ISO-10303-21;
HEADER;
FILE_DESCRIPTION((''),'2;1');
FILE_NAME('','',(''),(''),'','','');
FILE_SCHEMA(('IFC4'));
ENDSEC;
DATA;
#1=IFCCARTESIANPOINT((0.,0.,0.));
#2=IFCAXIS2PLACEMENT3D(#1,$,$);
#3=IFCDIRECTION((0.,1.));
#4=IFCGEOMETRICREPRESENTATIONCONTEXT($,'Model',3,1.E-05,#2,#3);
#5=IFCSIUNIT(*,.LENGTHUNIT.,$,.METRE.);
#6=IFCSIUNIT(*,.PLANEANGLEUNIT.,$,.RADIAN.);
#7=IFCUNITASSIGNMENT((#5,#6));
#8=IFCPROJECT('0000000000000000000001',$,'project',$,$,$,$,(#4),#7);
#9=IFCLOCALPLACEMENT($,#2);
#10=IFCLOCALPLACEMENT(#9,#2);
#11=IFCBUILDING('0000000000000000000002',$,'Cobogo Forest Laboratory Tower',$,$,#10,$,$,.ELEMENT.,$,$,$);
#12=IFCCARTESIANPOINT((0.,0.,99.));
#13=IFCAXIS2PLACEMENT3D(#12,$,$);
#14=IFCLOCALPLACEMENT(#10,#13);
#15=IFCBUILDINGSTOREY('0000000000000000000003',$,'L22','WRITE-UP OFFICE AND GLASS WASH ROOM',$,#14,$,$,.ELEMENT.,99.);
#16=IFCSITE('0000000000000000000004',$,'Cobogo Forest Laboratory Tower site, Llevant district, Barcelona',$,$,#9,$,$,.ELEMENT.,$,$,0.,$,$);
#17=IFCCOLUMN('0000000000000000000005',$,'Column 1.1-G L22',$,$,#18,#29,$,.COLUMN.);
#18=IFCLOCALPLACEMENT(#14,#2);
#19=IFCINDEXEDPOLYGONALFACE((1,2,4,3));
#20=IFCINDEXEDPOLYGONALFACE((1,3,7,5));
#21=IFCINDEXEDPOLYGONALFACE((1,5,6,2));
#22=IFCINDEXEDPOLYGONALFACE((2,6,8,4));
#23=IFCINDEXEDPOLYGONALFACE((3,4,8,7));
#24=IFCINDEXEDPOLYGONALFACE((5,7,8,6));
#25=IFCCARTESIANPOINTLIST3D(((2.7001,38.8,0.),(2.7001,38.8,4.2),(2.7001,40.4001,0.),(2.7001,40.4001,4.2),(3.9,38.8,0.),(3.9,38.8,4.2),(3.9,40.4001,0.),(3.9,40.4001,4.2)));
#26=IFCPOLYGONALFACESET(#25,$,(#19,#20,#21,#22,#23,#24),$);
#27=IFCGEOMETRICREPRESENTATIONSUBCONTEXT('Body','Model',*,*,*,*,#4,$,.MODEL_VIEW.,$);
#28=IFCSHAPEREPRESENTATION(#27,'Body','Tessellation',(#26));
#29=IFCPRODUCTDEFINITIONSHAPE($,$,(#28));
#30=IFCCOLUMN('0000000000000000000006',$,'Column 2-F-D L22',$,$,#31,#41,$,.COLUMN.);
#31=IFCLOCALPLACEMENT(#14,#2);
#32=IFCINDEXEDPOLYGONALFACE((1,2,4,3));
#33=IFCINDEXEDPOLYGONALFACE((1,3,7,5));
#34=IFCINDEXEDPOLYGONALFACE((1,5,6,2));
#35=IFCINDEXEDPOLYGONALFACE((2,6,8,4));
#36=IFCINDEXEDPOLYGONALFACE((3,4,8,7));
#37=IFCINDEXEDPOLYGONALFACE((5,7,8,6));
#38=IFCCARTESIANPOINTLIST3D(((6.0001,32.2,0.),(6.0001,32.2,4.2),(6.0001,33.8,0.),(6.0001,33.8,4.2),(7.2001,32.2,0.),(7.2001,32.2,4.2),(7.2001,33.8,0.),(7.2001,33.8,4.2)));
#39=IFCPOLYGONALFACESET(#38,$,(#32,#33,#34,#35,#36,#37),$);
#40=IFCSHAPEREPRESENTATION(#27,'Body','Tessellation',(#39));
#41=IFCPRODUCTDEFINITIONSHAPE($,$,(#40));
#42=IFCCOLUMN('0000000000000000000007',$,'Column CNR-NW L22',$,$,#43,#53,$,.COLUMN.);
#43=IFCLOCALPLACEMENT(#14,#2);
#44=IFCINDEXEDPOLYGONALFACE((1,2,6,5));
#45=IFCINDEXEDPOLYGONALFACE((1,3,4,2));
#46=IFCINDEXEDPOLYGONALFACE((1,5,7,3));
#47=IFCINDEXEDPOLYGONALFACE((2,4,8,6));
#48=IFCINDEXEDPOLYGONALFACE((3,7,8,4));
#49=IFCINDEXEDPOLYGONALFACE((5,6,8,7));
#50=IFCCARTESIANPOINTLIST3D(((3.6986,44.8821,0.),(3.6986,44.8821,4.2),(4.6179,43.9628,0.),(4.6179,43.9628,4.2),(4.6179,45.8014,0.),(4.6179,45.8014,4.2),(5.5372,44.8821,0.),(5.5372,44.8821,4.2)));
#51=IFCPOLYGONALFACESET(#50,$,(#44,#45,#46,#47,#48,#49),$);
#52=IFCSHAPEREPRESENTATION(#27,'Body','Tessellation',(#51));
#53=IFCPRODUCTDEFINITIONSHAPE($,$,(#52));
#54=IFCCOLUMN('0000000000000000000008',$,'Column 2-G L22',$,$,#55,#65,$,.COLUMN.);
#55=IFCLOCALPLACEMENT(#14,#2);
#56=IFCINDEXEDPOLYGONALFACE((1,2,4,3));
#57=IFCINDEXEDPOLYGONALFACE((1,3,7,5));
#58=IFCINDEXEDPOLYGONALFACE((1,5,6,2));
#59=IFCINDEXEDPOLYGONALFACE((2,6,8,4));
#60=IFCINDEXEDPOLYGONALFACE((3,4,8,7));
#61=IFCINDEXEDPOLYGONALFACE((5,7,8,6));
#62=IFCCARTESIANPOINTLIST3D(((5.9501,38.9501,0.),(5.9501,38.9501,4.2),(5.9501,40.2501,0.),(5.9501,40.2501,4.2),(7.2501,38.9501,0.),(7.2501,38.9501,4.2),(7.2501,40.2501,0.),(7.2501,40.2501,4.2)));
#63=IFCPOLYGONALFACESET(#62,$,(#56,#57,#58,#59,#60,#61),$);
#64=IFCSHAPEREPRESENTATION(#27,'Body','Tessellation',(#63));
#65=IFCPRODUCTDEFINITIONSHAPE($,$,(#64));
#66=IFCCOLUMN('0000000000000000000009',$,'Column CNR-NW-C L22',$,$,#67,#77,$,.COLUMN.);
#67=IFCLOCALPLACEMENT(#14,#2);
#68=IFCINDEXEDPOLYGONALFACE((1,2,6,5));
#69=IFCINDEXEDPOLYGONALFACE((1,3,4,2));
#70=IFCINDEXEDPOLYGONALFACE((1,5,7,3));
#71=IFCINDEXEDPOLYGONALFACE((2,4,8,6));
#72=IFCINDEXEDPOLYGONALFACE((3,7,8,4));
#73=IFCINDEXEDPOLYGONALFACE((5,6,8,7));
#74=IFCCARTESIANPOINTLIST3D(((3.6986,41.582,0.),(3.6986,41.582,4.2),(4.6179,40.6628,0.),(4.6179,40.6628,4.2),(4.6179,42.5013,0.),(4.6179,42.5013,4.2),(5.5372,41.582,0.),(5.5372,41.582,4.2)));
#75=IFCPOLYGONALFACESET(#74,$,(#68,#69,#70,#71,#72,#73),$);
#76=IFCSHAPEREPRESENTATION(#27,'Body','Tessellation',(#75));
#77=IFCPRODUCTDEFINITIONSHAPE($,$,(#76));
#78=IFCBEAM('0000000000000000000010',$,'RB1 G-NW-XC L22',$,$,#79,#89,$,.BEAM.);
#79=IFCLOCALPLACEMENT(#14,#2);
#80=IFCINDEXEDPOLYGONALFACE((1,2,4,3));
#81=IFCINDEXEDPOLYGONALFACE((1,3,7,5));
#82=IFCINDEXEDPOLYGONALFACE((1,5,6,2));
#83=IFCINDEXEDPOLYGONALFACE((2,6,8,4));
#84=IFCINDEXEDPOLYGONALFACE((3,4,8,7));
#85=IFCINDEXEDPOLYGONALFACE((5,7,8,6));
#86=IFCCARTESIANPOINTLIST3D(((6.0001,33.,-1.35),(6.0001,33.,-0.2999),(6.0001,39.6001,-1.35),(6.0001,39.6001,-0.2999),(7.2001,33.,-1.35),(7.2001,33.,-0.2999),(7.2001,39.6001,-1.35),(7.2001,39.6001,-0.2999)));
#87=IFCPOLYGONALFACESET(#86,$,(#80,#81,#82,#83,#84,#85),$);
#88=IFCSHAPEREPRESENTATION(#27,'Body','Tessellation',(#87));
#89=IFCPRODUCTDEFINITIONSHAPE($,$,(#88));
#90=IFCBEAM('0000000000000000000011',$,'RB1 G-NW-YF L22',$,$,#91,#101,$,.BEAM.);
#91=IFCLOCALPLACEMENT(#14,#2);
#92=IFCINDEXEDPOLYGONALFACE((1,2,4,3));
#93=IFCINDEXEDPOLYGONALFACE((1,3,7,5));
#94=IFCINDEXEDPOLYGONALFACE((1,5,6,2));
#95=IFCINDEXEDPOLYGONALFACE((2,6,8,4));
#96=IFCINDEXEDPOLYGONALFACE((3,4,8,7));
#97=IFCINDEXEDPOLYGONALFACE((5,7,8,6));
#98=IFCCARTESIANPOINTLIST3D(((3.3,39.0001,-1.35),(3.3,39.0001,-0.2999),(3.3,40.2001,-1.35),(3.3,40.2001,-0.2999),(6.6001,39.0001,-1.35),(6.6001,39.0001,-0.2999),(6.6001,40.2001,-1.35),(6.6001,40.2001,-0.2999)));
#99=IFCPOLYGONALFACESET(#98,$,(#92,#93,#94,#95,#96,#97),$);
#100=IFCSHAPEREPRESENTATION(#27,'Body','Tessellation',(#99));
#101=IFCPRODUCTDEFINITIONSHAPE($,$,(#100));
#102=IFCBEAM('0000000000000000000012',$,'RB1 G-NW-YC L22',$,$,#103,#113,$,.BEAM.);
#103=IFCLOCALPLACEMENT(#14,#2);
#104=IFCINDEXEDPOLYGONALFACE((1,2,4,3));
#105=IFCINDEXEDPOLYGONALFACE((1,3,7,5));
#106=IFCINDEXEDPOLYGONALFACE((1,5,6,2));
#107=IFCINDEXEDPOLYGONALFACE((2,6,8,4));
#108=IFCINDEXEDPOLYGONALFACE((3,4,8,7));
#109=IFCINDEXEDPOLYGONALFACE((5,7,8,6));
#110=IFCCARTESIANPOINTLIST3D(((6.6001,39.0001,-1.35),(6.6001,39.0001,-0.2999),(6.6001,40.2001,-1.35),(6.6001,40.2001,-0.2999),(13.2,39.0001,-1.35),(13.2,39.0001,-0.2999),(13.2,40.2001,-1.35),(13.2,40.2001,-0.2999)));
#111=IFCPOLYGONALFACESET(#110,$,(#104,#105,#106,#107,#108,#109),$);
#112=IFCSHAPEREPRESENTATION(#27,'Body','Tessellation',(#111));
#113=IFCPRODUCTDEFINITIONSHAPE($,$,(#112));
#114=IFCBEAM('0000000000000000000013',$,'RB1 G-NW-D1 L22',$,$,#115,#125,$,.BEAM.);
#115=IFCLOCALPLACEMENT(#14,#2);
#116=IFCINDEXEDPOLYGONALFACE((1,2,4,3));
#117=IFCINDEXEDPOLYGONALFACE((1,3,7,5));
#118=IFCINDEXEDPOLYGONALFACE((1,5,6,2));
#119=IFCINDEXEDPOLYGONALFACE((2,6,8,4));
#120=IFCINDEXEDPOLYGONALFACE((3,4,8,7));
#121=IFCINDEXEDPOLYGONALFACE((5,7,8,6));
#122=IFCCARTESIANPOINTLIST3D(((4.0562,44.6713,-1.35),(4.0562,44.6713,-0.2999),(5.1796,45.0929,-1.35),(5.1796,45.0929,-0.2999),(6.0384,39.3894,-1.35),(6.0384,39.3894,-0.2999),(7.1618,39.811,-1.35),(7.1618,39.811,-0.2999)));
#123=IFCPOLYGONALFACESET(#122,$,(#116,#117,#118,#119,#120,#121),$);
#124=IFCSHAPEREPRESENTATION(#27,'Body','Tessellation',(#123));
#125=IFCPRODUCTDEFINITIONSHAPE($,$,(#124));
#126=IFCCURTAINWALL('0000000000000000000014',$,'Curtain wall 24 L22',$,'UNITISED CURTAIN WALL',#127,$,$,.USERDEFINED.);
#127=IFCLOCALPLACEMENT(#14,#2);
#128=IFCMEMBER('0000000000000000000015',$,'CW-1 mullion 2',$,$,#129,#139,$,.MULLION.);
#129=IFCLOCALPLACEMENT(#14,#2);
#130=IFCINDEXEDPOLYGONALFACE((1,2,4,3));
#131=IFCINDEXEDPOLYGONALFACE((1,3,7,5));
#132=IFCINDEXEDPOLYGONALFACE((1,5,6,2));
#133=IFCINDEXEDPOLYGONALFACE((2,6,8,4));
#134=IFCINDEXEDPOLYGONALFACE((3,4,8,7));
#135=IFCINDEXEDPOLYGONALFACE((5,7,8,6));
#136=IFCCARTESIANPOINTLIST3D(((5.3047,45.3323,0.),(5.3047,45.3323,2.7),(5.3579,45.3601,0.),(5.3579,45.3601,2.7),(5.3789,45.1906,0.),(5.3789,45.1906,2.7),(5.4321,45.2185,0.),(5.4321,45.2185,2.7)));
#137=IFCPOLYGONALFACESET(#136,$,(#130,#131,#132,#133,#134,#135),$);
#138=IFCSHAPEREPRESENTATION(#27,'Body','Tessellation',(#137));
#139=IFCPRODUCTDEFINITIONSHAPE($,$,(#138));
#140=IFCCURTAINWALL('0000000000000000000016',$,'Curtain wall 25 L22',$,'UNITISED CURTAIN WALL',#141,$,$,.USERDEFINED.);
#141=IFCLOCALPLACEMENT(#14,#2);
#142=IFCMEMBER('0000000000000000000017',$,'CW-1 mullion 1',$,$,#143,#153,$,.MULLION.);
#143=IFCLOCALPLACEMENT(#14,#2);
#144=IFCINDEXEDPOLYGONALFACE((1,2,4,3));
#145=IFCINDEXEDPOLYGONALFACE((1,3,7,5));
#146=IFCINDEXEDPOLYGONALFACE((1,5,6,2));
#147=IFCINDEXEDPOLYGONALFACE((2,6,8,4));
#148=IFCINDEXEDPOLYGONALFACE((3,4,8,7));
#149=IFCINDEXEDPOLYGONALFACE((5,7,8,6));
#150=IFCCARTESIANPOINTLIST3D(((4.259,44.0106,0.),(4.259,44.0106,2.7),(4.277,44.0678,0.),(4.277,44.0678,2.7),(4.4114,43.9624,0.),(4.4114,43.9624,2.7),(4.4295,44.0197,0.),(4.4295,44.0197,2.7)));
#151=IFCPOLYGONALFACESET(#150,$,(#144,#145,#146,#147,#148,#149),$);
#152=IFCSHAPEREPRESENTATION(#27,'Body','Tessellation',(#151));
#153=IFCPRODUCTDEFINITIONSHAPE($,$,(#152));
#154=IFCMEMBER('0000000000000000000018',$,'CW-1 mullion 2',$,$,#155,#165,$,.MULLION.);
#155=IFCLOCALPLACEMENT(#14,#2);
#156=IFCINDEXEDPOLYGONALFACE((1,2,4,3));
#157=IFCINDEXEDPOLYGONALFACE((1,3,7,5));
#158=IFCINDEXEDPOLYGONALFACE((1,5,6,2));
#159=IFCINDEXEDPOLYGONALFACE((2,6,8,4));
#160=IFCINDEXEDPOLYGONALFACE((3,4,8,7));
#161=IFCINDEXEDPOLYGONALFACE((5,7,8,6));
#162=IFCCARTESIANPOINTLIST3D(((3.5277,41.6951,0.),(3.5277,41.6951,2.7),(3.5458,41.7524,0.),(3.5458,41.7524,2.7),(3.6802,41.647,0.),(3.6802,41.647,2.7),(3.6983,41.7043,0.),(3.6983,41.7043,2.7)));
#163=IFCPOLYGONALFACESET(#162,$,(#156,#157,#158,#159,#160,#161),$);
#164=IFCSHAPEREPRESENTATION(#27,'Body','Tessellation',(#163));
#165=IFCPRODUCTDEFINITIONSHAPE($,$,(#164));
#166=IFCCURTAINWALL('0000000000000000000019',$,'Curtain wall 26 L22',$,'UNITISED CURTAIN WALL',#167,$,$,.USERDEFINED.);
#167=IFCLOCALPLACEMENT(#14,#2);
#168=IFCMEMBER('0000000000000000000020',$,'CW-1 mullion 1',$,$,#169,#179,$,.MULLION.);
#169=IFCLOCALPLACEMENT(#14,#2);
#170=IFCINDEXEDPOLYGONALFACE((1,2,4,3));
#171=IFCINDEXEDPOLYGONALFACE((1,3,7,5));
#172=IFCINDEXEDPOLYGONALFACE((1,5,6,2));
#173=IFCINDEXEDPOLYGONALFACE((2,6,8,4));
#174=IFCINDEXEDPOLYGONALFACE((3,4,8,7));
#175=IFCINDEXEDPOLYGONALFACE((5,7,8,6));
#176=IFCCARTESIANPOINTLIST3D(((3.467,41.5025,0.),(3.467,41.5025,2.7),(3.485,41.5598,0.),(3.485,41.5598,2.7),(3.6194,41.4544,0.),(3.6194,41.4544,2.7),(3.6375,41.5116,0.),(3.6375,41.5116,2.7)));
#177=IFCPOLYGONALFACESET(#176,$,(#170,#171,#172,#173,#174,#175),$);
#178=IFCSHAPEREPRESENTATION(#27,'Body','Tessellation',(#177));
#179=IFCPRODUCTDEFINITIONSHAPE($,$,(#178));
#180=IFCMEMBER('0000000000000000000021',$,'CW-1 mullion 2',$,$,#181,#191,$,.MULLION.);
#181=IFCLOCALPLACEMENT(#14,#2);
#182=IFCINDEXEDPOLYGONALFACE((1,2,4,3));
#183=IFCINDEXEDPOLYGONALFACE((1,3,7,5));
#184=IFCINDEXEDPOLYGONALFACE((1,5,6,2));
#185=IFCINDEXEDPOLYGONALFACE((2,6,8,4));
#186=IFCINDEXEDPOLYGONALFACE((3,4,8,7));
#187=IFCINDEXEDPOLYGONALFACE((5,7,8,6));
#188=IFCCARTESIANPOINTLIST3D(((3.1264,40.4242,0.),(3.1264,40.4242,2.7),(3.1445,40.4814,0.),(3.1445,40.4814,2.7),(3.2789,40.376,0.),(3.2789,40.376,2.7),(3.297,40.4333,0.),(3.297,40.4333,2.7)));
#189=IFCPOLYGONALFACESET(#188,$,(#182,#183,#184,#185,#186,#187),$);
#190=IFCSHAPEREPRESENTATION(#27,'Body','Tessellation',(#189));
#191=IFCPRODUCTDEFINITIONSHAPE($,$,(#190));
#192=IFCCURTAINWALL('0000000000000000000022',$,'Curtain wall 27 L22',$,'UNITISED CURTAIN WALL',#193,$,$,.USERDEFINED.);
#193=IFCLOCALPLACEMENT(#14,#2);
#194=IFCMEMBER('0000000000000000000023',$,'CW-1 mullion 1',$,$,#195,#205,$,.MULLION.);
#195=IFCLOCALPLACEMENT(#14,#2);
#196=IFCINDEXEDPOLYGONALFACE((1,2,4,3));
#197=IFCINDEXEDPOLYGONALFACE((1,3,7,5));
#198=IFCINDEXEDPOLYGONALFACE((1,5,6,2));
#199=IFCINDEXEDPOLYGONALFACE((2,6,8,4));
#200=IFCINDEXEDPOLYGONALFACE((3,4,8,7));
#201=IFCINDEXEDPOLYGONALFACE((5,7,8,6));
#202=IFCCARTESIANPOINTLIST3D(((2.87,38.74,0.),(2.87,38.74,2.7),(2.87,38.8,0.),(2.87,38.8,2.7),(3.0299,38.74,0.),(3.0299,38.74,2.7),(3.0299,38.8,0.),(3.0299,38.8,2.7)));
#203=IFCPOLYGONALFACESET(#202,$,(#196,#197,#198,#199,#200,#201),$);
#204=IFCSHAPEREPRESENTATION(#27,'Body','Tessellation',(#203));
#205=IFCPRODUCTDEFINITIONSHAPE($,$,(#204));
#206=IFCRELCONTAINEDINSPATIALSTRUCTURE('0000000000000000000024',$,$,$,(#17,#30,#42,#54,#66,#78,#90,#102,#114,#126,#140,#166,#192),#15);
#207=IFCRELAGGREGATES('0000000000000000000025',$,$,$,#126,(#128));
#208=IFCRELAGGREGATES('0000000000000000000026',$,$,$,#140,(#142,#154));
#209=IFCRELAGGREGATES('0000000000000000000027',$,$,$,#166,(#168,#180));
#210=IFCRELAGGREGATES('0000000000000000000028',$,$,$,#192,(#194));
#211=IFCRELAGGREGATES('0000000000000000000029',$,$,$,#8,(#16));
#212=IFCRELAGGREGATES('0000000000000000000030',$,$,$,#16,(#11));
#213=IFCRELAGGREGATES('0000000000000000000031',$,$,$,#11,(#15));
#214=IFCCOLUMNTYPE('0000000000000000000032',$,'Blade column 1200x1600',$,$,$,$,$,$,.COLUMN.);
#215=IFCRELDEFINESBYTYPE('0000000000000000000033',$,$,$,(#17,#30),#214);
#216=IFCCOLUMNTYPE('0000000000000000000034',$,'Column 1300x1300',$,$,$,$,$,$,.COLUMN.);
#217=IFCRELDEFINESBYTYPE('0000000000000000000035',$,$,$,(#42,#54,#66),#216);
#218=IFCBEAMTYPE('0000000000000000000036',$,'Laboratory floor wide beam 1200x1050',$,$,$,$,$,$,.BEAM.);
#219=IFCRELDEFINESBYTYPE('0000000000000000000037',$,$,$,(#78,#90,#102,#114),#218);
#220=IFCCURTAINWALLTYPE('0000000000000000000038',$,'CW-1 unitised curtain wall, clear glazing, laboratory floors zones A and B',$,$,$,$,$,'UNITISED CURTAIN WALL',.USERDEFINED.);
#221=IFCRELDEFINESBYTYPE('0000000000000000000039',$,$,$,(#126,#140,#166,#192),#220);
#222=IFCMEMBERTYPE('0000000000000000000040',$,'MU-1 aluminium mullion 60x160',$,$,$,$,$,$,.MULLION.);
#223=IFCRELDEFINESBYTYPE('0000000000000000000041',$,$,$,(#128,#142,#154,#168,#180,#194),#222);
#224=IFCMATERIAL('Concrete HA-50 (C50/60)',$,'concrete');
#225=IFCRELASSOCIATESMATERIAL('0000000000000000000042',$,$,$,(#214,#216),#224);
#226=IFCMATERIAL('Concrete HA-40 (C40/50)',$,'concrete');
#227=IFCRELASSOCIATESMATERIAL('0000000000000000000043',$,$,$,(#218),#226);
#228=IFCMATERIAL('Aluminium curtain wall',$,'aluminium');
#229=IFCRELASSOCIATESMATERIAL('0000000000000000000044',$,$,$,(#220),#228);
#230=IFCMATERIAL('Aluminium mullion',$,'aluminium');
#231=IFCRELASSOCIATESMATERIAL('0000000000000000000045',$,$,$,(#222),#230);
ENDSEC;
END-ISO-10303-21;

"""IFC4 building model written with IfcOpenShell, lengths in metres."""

from ifc_helpers import new_model, si_unit, direction, frame, origin, origin_2d, place, context, subcontext, project, spatial, rectangle, extrude, material, material_profile, profile_set, type_object, element, aggregate, save


model = new_model("IFC4")

# Units and contexts
model_context = context("Model", 3, precision=1e-05, world=origin(), true_north=direction((0.0, 1.0)))
body_context = subcontext(model_context, "Body", "Model", "MODEL_VIEW")
ifc_project = project(units=[si_unit("LENGTHUNIT", "METRE"), si_unit("PLANEANGLEUNIT", "RADIAN")], contexts=[model_context])

# Site, building, storey
site_placement = place(None, origin())
site = spatial("IfcSite", under=ifc_project, at=site_placement, Name="Cobogo Forest Laboratory Tower site, Llevant district, Barcelona", CompositionType="ELEMENT", RefElevation=0.0)
building_placement = place(site_placement, origin())
building = spatial("IfcBuilding", under=site, at=building_placement, Name="Cobogo Forest Laboratory Tower", CompositionType="ELEMENT")
storey_placement = place(building_placement, frame((0.0, 0.0, 99.0)))
storey = spatial("IfcBuildingStorey", under=building, at=storey_placement, Name="L22", Description="WRITE-UP OFFICE AND GLASS WASH ROOM", CompositionType="ELEMENT", Elevation=99.0)

# Columns
ifc_material_1 = material(Name="Concrete HA-50 (C50/60)", Category="concrete")
ifc_material_profile_1 = material_profile(ifc_material_1, rectangle(XDim=1.6001, YDim=1.2, at=origin_2d()), Name="RC 1200x1600")
ifc_profile_set_1 = profile_set([ifc_material_profile_1], Name="Concrete HA-50 (C50/60)")
column_type_1 = type_object("IfcColumnType", Name="Blade column 1200x1600", PredefinedType="COLUMN", material=ifc_profile_set_1)
for number, where, z_axis, x_axis, name in (
    (1, (3.3, 39.6001, 0.0), (0.0, 0.0, 1.0), (0.0, 1.0, 0.0), "Column 1.1-G L22"),
    (2, (6.6001, 33.0, 0.0), (0.0, 0.0, 1.0), (0.0, 1.0, 0.0), "Column 2-F-D L22"),
):
    element("IfcColumn", number, at=place(storey_placement, frame(where, z_axis=z_axis, x_axis=x_axis)), inside=storey, type_object=column_type_1, Name=name, PredefinedType="COLUMN", context=body_context, shape_type="SweptSolid", body=[
        extrude(rectangle(XDim=1.6001, YDim=1.2, at=origin_2d()), origin(), (0.0, 0.0, 1.0), 4.2),
    ])
ifc_material_profile_2 = material_profile(ifc_material_1, rectangle(XDim=1.3, YDim=1.3, at=origin_2d()), Name="RC 1300x1300")
ifc_profile_set_2 = profile_set([ifc_material_profile_2], Name="Concrete HA-50 (C50/60)")
column_type_2 = type_object("IfcColumnType", Name="Column 1300x1300", PredefinedType="COLUMN", material=ifc_profile_set_2)
for number, where, z_axis, x_axis, name in (
    (3, (4.6179, 44.8821, 0.0), (0.0, 0.0, 1.0), (0.707107, 0.707107, 0.0), "Column CNR-NW L22"),
    (4, (6.6001, 39.6001, 0.0), (0.0, 0.0, 1.0), (1.0, 0.0, 0.0), "Column 2-G L22"),
    (5, (4.6179, 41.582, 0.0), (0.0, 0.0, 1.0), (0.707107, 0.707107, 0.0), "Column CNR-NW-C L22"),
):
    element("IfcColumn", number, at=place(storey_placement, frame(where, z_axis=z_axis, x_axis=x_axis)), inside=storey, type_object=column_type_2, Name=name, PredefinedType="COLUMN", context=body_context, shape_type="SweptSolid", body=[
        extrude(rectangle(XDim=1.3, YDim=1.3, at=origin_2d()), origin(), (0.0, 0.0, 1.0), 4.2),
    ])

# Beams
ifc_material_2 = material(Name="Concrete HA-40 (C40/50)", Category="concrete")
ifc_material_profile_3 = material_profile(ifc_material_2, rectangle(XDim=1.2, YDim=1.05, at=origin_2d()), Name="RC 1200x1050")
ifc_profile_set_3 = profile_set([ifc_material_profile_3], Name="Concrete HA-40 (C40/50)")
beam_type_1 = type_object("IfcBeamType", Name="Laboratory floor wide beam 1200x1050", PredefinedType="BEAM", material=ifc_profile_set_3)
beam_1_placement = place(storey_placement, frame((6.6001, 39.6001, -0.825), z_axis=(0.0, -1.0, 0.0), x_axis=(1.0, 0.0, 0.0)))
element("IfcBeam", 6, at=beam_1_placement, inside=storey, type_object=beam_type_1, Name="RB1 G-NW-XC L22", PredefinedType="BEAM", context=body_context, shape_type="SweptSolid", body=[
    extrude(rectangle(XDim=1.2, YDim=1.05, at=origin_2d()), origin(), (0.0, 0.0, 1.0), 6.6001),
])
beam_2_placement = place(storey_placement, frame((3.3, 39.6001, -0.825), z_axis=(1.0, 0.0, 0.0), x_axis=(0.0, 1.0, 0.0)))
element("IfcBeam", 7, at=beam_2_placement, inside=storey, type_object=beam_type_1, Name="RB1 G-NW-YF L22", PredefinedType="BEAM", context=body_context, shape_type="SweptSolid", body=[
    extrude(rectangle(XDim=1.2, YDim=1.05, at=origin_2d()), origin(), (0.0, 0.0, 1.0), 3.3),
])
beam_3_placement = place(storey_placement, frame((6.6001, 39.6001, -0.825), z_axis=(1.0, 0.0, 0.0), x_axis=(0.0, 1.0, 0.0)))
element("IfcBeam", 8, at=beam_3_placement, inside=storey, type_object=beam_type_1, Name="RB1 G-NW-YC L22", PredefinedType="BEAM", context=body_context, shape_type="SweptSolid", body=[
    extrude(rectangle(XDim=1.2, YDim=1.05, at=origin_2d()), origin(), (0.0, 0.0, 1.0), 6.5999),
])
beam_4_placement = place(storey_placement, frame((4.6179, 44.8821, -0.825), z_axis=(0.351346, -0.936246, 0.0), x_axis=(0.936246, 0.351346, 0.0)))
element("IfcBeam", 9, at=beam_4_placement, inside=storey, type_object=beam_type_1, Name="RB1 G-NW-D1 L22", PredefinedType="BEAM", context=body_context, shape_type="SweptSolid", body=[
    extrude(rectangle(XDim=1.2, YDim=1.05, at=origin_2d()), origin(), (0.0, 0.0, 1.0), 5.6416),
])

# Curtain wall, member
ifc_material_3 = material(Name="Aluminium curtain wall", Category="aluminium")
curtain_wall_type = type_object("IfcCurtainWallType", Name="CW-1 unitised curtain wall, clear glazing, laboratory floors zones A and B", ElementType="UNITISED CURTAIN WALL", PredefinedType="USERDEFINED", material=ifc_material_3)
curtain_wall_1_placement = place(storey_placement, origin())
curtain_wall_1 = element("IfcCurtainWall", 10, at=curtain_wall_1_placement, inside=storey, type_object=curtain_wall_type, Name="Curtain wall 24 L22", ObjectType="UNITISED CURTAIN WALL", PredefinedType="USERDEFINED")
ifc_material_4 = material(Name="Aluminium mullion", Category="aluminium")
ifc_material_profile_4 = material_profile(ifc_material_4, rectangle(XDim=0.0601, YDim=0.1599, at=origin_2d()), Name="AL 60x160")
ifc_profile_set_4 = profile_set([ifc_material_profile_4], Name="Aluminium mullion")
member_type_1 = type_object("IfcMemberType", Name="MU-1 aluminium mullion 60x160", PredefinedType="MULLION", material=ifc_profile_set_4)
member_1_placement = place(storey_placement, frame((5.3684, 45.2754, 0.0), z_axis=(0.0, 0.0, 1.0), x_axis=(-0.885687, -0.464284, 0.0)))
member_1 = element("IfcMember", 11, at=member_1_placement, type_object=member_type_1, Name="CW-1 mullion 2", PredefinedType="MULLION", context=body_context, shape_type="SweptSolid", body=[
    extrude(rectangle(XDim=0.0601, YDim=0.1599, at=origin_2d()), origin(), (0.0, 0.0, 1.0), 2.7),
])

# Curtain walls, members
curtain_wall_2_placement = place(storey_placement, origin())
curtain_wall_2 = element("IfcCurtainWall", 12, at=curtain_wall_2_placement, inside=storey, type_object=curtain_wall_type, Name="Curtain wall 25 L22", ObjectType="UNITISED CURTAIN WALL", PredefinedType="USERDEFINED")
member_2_placement = place(storey_placement, frame((4.3442, 44.0151, 0.0), z_axis=(0.0, 0.0, 1.0), x_axis=(-0.301135, -0.953581, 0.0)))
member_2 = element("IfcMember", 13, at=member_2_placement, type_object=member_type_1, Name="CW-1 mullion 1", PredefinedType="MULLION", context=body_context, shape_type="SweptSolid", body=[
    extrude(rectangle(XDim=0.0601, YDim=0.1599, at=origin_2d()), origin(), (0.0, 0.0, 1.0), 2.7),
])
member_3_placement = place(storey_placement, frame((3.613, 41.6997, 0.0), z_axis=(0.0, 0.0, 1.0), x_axis=(-0.301135, -0.953581, 0.0)))
member_3 = element("IfcMember", 14, at=member_3_placement, type_object=member_type_1, Name="CW-1 mullion 2", PredefinedType="MULLION", context=body_context, shape_type="SweptSolid", body=[
    extrude(rectangle(XDim=0.0601, YDim=0.1599, at=origin_2d()), origin(), (0.0, 0.0, 1.0), 2.7),
])
curtain_wall_3_placement = place(storey_placement, origin())
curtain_wall_3 = element("IfcCurtainWall", 15, at=curtain_wall_3_placement, inside=storey, type_object=curtain_wall_type, Name="Curtain wall 26 L22", ObjectType="UNITISED CURTAIN WALL", PredefinedType="USERDEFINED")
member_4_placement = place(storey_placement, frame((3.5522, 41.5071, 0.0), z_axis=(0.0, 0.0, 1.0), x_axis=(-0.301136, -0.953581, 0.0)))
member_4 = element("IfcMember", 16, at=member_4_placement, type_object=member_type_1, Name="CW-1 mullion 1", PredefinedType="MULLION", context=body_context, shape_type="SweptSolid", body=[
    extrude(rectangle(XDim=0.0601, YDim=0.1599, at=origin_2d()), origin(), (0.0, 0.0, 1.0), 2.7),
])
member_5_placement = place(storey_placement, frame((3.2117, 40.4287, 0.0), z_axis=(0.0, 0.0, 1.0), x_axis=(-0.301136, -0.953581, 0.0)))
member_5 = element("IfcMember", 17, at=member_5_placement, type_object=member_type_1, Name="CW-1 mullion 2", PredefinedType="MULLION", context=body_context, shape_type="SweptSolid", body=[
    extrude(rectangle(XDim=0.0601, YDim=0.1599, at=origin_2d()), origin(), (0.0, 0.0, 1.0), 2.7),
])
curtain_wall_4_placement = place(storey_placement, origin())
curtain_wall_4 = element("IfcCurtainWall", 18, at=curtain_wall_4_placement, inside=storey, type_object=curtain_wall_type, Name="Curtain wall 27 L22", ObjectType="UNITISED CURTAIN WALL", PredefinedType="USERDEFINED")
member_6_placement = place(storey_placement, frame((2.95, 38.77, 0.0), z_axis=(0.0, 0.0, 1.0), x_axis=(0.0, -1.0, 0.0)))
member_6 = element("IfcMember", 19, at=member_6_placement, type_object=member_type_1, Name="CW-1 mullion 1", PredefinedType="MULLION", context=body_context, shape_type="SweptSolid", body=[
    extrude(rectangle(XDim=0.0601, YDim=0.1599, at=origin_2d()), origin(), (0.0, 0.0, 1.0), 2.7),
])

aggregate(curtain_wall_1, [member_1])
aggregate(curtain_wall_2, [member_2, member_3])
aggregate(curtain_wall_3, [member_4, member_5])
aggregate(curtain_wall_4, [member_6])

save(model, "model.ifc")
